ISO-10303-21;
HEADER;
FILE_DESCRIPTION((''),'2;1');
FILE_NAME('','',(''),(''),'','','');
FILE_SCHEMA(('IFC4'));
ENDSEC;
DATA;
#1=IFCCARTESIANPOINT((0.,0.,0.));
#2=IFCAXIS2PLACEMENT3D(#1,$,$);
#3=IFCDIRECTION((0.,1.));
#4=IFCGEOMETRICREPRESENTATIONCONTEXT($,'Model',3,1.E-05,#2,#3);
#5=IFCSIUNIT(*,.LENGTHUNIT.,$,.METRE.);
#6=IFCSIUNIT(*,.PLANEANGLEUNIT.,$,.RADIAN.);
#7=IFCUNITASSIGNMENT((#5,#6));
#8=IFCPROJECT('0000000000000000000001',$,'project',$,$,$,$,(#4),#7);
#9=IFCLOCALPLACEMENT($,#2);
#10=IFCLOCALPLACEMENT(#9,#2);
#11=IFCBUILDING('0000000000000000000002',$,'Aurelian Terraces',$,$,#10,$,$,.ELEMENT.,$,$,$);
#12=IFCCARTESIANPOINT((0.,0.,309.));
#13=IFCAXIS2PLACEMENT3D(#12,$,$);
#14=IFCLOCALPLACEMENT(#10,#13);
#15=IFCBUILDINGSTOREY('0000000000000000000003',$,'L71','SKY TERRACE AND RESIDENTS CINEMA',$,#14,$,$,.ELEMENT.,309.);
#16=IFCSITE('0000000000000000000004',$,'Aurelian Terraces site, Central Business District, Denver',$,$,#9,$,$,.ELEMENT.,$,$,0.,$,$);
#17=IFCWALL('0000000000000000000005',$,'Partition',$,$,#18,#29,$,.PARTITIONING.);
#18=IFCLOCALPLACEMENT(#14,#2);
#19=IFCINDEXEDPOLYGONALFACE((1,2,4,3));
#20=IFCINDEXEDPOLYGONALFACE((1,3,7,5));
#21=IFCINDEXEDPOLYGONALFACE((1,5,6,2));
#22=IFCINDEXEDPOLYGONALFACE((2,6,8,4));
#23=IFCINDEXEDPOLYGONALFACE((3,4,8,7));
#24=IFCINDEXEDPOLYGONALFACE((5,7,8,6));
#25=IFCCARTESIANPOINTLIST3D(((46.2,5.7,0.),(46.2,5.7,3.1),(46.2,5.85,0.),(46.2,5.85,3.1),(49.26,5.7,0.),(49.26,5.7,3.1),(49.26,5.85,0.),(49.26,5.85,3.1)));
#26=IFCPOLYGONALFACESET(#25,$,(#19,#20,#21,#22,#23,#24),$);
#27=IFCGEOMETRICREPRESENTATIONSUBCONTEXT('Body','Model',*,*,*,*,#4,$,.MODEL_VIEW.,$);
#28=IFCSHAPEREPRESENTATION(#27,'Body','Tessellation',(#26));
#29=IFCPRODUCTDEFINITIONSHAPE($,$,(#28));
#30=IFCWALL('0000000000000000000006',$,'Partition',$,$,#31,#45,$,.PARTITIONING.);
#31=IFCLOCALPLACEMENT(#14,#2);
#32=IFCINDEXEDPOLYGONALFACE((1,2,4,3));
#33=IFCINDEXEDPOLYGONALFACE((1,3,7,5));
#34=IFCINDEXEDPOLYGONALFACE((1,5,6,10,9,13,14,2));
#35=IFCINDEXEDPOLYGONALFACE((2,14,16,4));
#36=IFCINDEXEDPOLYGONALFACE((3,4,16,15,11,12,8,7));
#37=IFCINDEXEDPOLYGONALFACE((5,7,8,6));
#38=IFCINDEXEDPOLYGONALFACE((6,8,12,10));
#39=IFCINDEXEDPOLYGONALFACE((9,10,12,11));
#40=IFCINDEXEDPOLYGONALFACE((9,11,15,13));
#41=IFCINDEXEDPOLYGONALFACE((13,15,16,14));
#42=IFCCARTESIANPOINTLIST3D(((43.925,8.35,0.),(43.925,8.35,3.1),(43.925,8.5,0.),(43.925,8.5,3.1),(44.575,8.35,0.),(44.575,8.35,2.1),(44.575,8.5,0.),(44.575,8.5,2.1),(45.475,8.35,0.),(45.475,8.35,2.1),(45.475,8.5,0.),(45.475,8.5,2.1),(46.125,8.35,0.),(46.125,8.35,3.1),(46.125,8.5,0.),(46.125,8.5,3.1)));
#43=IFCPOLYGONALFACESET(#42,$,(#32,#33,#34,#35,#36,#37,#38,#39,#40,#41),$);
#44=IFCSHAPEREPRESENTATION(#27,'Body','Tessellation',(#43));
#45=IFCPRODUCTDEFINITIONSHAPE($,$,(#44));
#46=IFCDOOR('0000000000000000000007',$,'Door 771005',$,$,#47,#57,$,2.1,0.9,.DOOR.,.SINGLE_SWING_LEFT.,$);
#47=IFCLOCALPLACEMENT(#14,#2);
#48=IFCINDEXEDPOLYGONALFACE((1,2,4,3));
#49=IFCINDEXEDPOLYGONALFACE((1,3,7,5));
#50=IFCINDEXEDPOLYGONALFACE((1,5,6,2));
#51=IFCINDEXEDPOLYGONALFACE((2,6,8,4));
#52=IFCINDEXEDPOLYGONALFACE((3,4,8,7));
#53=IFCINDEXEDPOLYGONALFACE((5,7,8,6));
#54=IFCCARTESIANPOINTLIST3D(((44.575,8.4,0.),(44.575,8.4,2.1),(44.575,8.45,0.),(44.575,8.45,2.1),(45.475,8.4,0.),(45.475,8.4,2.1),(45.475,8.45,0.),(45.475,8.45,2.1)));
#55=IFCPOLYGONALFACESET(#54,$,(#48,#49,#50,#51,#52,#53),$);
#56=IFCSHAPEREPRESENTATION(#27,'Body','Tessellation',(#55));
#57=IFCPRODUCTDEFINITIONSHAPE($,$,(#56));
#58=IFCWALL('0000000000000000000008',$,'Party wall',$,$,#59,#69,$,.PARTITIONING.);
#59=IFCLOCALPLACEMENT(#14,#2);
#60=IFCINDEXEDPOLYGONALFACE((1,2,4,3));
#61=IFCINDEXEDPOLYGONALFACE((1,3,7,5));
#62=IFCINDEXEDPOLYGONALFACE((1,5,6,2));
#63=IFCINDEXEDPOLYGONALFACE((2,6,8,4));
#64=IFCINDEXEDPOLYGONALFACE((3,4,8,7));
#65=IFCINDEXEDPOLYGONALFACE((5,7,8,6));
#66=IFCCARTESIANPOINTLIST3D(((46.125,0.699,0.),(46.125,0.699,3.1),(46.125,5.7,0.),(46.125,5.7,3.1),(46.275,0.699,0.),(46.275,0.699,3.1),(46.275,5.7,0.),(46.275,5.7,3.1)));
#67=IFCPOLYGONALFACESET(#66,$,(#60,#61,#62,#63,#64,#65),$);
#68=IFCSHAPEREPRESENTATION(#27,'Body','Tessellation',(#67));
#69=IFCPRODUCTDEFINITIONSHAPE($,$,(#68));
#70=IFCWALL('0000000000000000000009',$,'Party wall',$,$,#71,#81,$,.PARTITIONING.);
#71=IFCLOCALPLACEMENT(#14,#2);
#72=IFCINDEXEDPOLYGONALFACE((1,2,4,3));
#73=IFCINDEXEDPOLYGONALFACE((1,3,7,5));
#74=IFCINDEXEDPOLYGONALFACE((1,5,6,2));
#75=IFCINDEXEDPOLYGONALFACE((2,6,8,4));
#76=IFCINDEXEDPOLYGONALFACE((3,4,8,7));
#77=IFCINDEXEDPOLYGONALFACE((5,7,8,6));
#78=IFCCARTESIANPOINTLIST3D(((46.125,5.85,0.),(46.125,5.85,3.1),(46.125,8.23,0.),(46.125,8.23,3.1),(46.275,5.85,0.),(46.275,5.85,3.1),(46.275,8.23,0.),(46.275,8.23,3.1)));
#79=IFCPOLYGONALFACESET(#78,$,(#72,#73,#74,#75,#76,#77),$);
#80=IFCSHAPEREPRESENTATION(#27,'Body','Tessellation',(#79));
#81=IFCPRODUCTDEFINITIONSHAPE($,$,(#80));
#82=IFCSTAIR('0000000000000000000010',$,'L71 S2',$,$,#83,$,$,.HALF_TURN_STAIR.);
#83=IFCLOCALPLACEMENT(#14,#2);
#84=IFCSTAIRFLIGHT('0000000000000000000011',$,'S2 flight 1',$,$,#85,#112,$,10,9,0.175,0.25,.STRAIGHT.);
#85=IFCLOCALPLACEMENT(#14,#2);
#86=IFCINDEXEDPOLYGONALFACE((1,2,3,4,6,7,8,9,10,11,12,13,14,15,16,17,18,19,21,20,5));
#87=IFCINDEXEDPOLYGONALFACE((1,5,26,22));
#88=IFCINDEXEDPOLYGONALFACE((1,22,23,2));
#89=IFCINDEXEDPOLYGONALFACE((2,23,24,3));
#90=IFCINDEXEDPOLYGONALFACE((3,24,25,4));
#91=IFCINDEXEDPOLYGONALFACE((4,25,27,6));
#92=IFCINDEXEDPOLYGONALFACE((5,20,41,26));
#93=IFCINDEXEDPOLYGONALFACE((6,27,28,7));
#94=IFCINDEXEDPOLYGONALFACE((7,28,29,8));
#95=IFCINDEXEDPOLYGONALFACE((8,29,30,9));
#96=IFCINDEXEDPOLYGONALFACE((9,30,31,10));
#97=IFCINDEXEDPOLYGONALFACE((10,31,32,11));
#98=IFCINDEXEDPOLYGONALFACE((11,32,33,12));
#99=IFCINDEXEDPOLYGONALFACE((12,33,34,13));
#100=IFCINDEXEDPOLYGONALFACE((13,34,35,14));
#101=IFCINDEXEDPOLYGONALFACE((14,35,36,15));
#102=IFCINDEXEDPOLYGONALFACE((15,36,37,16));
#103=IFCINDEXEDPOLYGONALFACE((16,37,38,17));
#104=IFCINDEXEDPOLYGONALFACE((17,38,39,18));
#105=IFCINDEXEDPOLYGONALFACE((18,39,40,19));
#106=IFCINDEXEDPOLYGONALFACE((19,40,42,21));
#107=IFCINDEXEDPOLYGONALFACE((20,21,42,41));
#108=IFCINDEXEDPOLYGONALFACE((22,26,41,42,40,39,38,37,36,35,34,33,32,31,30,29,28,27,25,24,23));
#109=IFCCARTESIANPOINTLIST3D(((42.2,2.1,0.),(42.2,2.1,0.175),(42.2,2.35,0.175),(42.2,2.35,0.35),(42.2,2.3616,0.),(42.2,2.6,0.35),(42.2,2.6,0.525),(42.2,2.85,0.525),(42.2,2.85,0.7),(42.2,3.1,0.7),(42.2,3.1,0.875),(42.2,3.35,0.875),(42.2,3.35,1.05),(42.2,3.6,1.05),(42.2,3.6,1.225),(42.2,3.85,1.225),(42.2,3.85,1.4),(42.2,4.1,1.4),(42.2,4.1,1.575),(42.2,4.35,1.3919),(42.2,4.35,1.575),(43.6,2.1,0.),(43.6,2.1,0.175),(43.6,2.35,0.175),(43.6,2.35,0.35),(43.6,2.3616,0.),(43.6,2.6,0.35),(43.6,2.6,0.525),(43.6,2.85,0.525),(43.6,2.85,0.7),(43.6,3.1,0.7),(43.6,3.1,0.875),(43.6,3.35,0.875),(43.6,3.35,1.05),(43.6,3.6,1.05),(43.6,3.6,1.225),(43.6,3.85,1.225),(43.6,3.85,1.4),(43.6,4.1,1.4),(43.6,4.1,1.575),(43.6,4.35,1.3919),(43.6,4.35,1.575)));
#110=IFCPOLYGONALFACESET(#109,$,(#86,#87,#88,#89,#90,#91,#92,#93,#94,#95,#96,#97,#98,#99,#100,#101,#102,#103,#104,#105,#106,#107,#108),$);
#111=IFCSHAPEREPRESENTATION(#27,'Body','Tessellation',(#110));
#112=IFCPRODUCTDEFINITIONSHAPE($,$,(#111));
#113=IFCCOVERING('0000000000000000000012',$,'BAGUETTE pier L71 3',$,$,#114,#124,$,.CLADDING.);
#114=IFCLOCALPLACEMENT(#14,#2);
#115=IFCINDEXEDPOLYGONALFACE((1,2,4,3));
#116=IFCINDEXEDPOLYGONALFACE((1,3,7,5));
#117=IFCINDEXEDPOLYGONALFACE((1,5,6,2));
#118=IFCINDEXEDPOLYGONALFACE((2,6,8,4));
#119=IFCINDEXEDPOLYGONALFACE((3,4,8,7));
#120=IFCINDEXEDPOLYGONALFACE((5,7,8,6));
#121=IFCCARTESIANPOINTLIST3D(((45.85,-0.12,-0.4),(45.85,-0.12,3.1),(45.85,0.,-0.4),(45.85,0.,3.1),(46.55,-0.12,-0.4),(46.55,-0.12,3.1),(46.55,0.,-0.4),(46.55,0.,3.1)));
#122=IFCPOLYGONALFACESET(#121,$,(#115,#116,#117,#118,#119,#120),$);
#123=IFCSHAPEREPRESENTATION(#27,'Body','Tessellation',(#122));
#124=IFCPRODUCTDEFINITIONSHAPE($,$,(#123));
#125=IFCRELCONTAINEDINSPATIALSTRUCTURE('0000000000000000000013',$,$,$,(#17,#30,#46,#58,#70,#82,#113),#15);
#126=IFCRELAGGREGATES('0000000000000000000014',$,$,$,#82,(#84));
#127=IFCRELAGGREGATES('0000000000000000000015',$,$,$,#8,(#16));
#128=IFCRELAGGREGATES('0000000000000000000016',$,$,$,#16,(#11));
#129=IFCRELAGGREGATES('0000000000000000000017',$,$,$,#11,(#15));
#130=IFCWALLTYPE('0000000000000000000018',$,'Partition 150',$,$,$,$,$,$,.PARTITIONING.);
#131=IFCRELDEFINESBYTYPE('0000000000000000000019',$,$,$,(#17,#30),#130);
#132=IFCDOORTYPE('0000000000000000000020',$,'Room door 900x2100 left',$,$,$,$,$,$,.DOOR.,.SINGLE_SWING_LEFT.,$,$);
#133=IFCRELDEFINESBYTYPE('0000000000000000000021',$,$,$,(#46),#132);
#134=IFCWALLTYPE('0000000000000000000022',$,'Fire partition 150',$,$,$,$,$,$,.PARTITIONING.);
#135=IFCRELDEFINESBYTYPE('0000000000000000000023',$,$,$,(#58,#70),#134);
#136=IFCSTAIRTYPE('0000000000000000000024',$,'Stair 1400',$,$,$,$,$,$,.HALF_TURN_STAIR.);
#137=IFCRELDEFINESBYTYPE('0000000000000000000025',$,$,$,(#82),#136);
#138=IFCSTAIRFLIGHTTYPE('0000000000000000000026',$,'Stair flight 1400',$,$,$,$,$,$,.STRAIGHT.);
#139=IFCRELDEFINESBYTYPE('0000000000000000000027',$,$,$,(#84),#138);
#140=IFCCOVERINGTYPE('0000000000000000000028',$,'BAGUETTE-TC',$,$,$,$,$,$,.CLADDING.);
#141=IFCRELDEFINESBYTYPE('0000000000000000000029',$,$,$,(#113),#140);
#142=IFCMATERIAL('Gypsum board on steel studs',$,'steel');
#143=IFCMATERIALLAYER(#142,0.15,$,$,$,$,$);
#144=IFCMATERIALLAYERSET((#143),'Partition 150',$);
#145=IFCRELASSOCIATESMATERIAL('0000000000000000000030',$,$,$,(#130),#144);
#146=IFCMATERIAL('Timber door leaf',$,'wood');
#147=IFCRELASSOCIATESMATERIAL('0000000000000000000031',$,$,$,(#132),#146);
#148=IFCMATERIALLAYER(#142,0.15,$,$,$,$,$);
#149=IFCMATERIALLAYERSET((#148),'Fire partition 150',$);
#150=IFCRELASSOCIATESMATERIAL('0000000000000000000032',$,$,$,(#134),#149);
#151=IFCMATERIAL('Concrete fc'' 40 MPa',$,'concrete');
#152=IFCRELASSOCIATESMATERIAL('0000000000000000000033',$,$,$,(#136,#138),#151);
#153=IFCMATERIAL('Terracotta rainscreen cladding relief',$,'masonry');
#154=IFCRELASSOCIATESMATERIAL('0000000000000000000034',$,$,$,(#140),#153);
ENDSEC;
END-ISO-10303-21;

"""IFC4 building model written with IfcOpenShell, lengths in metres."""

from ifc_helpers import new_model, si_unit, direction, frame, frame_2d, origin, origin_2d, place, context, subcontext, project, spatial, polyline, rectangle, outline, extrude, source, transform, mapped, material, layer, layer_set, type_object, element, fill, aggregate, save


model = new_model("IFC4")

# Units and contexts
model_context = context("Model", 3, precision=1e-05, world=origin(), true_north=direction((0.0, 1.0)))
body_context = subcontext(model_context, "Body", "Model", "MODEL_VIEW")
ifc_project = project(units=[si_unit("LENGTHUNIT", "METRE"), si_unit("PLANEANGLEUNIT", "RADIAN")], contexts=[model_context])

# Site, building, storey
site_placement = place(None, origin())
site = spatial("IfcSite", under=ifc_project, at=site_placement, Name="Aurelian Terraces site, Central Business District, Denver", CompositionType="ELEMENT", RefElevation=0.0)
building_placement = place(site_placement, origin())
building = spatial("IfcBuilding", under=site, at=building_placement, Name="Aurelian Terraces", CompositionType="ELEMENT")
storey_placement = place(building_placement, frame((0.0, 0.0, 309.0)))
storey = spatial("IfcBuildingStorey", under=building, at=storey_placement, Name="L71", Description="SKY TERRACE AND RESIDENTS CINEMA", CompositionType="ELEMENT", Elevation=309.0)

# Wall
ifc_material_1 = material(Name="Concrete fc' 40 MPa", Category="concrete")
ifc_material_2 = material(Name="Gypsum board on steel studs", Category="steel")
ifc_layer_1 = layer(ifc_material_2, 0.15)
ifc_layer_set_1 = layer_set([ifc_layer_1], Name="Partition 150")
wall_type_1 = type_object("IfcWallType", Name="Partition 150", PredefinedType="PARTITIONING", material=ifc_layer_set_1)
shared_shape_1 = source(origin(), body_context, "Body", "SweptSolid", [
    extrude(rectangle(XDim=3.06, YDim=0.15, at=frame_2d((1.53, 0.0))), origin(), (0.0, 0.0, 1.0), 3.1),
])
wall_1_placement = place(storey_placement, frame((49.26, 5.775, 0.0), z_axis=(0.0, 0.0, 1.0), x_axis=(-1.0, 0.0, 0.0)))
element("IfcWall", 1, at=wall_1_placement, inside=storey, type_object=wall_type_1, Name="Partition", PredefinedType="PARTITIONING", context=body_context, shape_type="MappedRepresentation", body=[
    mapped(shared_shape_1, transform((0.0, 0.0, 0.0), scale=1.0)),
])

# Wall, opening, door
shared_shape_2 = source(origin(), body_context, "Body", "SweptSolid", [
    extrude(rectangle(XDim=2.2, YDim=0.15, at=frame_2d((1.1, 0.0))), origin(), (0.0, 0.0, 1.0), 3.1),
])
wall_2_placement = place(storey_placement, frame((46.125, 8.425, 0.0), z_axis=(0.0, 0.0, 1.0), x_axis=(-1.0, 0.0, 0.0)))
wall_2 = element("IfcWall", 2, at=wall_2_placement, inside=storey, type_object=wall_type_1, Name="Partition", PredefinedType="PARTITIONING", context=body_context, shape_type="MappedRepresentation", body=[
    mapped(shared_shape_2, transform((0.0, 0.0, 0.0), scale=1.0)),
])
shared_shape_3 = source(origin(), body_context, "Body", "SweptSolid", [
    extrude(rectangle(XDim=0.9, YDim=2.1, at=frame_2d((0.45, 1.05))), frame((0.0, 0.085, 0.0), z_axis=(0.0, -1.0, 0.0), x_axis=(1.0, 0.0, 0.0)), (0.0, 0.0, 1.0), 0.17),
])
opening_1_placement = place(wall_2_placement, frame((0.65, 0.0, 0.0)))
opening_1 = element("IfcOpeningElement", 3, at=opening_1_placement, cuts=wall_2, PredefinedType="OPENING", context=body_context, shape_type="MappedRepresentation", body=[
    mapped(shared_shape_3, transform((0.0, 0.0, 0.0), scale=1.0)),
])
ifc_material_3 = material(Name="Timber door leaf", Category="wood")
door_type = type_object("IfcDoorType", Name="Room door 900x2100 left", OperationType="SINGLE_SWING_LEFT", PredefinedType="DOOR", material=ifc_material_3)
shared_shape_4 = source(origin(), body_context, "Body", "SweptSolid", [
    extrude(rectangle(XDim=0.9, YDim=2.1, at=frame_2d((0.45, 1.05))), frame((0.0, 0.025, 0.0), z_axis=(0.0, -1.0, 0.0), x_axis=(1.0, 0.0, 0.0)), (0.0, 0.0, 1.0), 0.05),
])
door_placement = place(opening_1_placement, origin())
door = element("IfcDoor", 4, at=door_placement, inside=storey, type_object=door_type, Name="Door 771005", OperationType="SINGLE_SWING_LEFT", OverallHeight=2.1, OverallWidth=0.9, PredefinedType="DOOR", context=body_context, shape_type="MappedRepresentation", body=[
    mapped(shared_shape_4, transform((0.0, 0.0, 0.0), scale=1.0)),
])
fill(opening_1, door)

# Walls
ifc_layer_2 = layer(ifc_material_2, 0.15)
ifc_layer_set_2 = layer_set([ifc_layer_2], Name="Fire partition 150")
wall_type_2 = type_object("IfcWallType", Name="Fire partition 150", PredefinedType="PARTITIONING", material=ifc_layer_set_2)
shared_shape_5 = source(origin(), body_context, "Body", "SweptSolid", [
    extrude(rectangle(XDim=5.001, YDim=0.15, at=frame_2d((2.5005, 0.0))), origin(), (0.0, 0.0, 1.0), 3.1),
])
wall_3_placement = place(storey_placement, frame((46.2, 0.699, 0.0), z_axis=(0.0, 0.0, 1.0), x_axis=(0.0, 1.0, 0.0)))
element("IfcWall", 5, at=wall_3_placement, inside=storey, type_object=wall_type_2, Name="Party wall", PredefinedType="PARTITIONING", context=body_context, shape_type="MappedRepresentation", body=[
    mapped(shared_shape_5, transform((0.0, 0.0, 0.0), scale=1.0)),
])
shared_shape_6 = source(origin(), body_context, "Body", "SweptSolid", [
    extrude(rectangle(XDim=2.38, YDim=0.15, at=frame_2d((1.19, 0.0))), origin(), (0.0, 0.0, 1.0), 3.1),
])
wall_4_placement = place(storey_placement, frame((46.2, 5.85, 0.0), z_axis=(0.0, 0.0, 1.0), x_axis=(0.0, 1.0, 0.0)))
element("IfcWall", 6, at=wall_4_placement, inside=storey, type_object=wall_type_2, Name="Party wall", PredefinedType="PARTITIONING", context=body_context, shape_type="MappedRepresentation", body=[
    mapped(shared_shape_6, transform((0.0, 0.0, 0.0), scale=1.0)),
])

# Stair, stair flight
stair_type = type_object("IfcStairType", Name="Stair 1400", PredefinedType="HALF_TURN_STAIR", material=ifc_material_1)
stair_placement = place(storey_placement, origin())
stair = element("IfcStair", 7, at=stair_placement, inside=storey, type_object=stair_type, Name="L71 S2", PredefinedType="HALF_TURN_STAIR")
stair_flight_type = type_object("IfcStairFlightType", Name="Stair flight 1400", PredefinedType="STRAIGHT", material=ifc_material_1)
shared_shape_7 = source(origin(), body_context, "Body", "SweptSolid", [
    extrude(outline(polyline([(0.0, 0.0), (0.0, 0.175), (0.25, 0.175), (0.25, 0.35), (0.5, 0.35), (0.5, 0.525), (0.75, 0.525), (0.75, 0.7), (1.0, 0.7), (1.0, 0.875), (1.25, 0.875), (1.25, 1.05), (1.5, 1.05), (1.5, 1.225), (1.75, 1.225), (1.75, 1.4), (2.0, 1.4), (2.0, 1.575), (2.25, 1.575), (2.25, 1.75), (2.25, 1.3919), (0.2616, 0.0), (0.0, 0.0)])), frame((0.0, 0.7, 0.0), z_axis=(0.0, -1.0, 0.0), x_axis=(1.0, 0.0, 0.0)), (0.0, 0.0, 1.0), 1.4),
])
stair_flight_placement = place(storey_placement, frame((42.9, 2.1, 0.0), z_axis=(0.0, 0.0, 1.0), x_axis=(0.0, 1.0, 0.0)))
stair_flight = element("IfcStairFlight", 8, at=stair_flight_placement, type_object=stair_flight_type, Name="S2 flight 1", NumberOfRisers=10, NumberOfTreads=9, PredefinedType="STRAIGHT", RiserHeight=0.175, TreadLength=0.25, context=body_context, shape_type="MappedRepresentation", body=[
    mapped(shared_shape_7, transform((0.0, 0.0, 0.0), scale=1.0)),
])
aggregate(stair, [stair_flight])

# Covering
ifc_material_4 = material(Name="Terracotta rainscreen cladding relief", Category="masonry")
covering_type = type_object("IfcCoveringType", Name="BAGUETTE-TC", PredefinedType="CLADDING", material=ifc_material_4)
shared_shape_8 = source(origin(), body_context, "Body", "SweptSolid", [
    extrude(rectangle(XDim=0.7, YDim=0.12, at=origin_2d()), origin(), (0.0, 0.0, 1.0), 3.5),
])
covering_placement = place(storey_placement, frame((46.2, -0.06, -0.4), z_axis=(0.0, 0.0, 1.0), x_axis=(1.0, 0.0, 0.0)))
element("IfcCovering", 9, at=covering_placement, inside=storey, type_object=covering_type, Name="BAGUETTE pier L71 3", PredefinedType="CLADDING", context=body_context, shape_type="MappedRepresentation", body=[
    mapped(shared_shape_8, transform((0.0, 0.0, 0.0), scale=1.0)),
])

save(model, "model.ifc")
